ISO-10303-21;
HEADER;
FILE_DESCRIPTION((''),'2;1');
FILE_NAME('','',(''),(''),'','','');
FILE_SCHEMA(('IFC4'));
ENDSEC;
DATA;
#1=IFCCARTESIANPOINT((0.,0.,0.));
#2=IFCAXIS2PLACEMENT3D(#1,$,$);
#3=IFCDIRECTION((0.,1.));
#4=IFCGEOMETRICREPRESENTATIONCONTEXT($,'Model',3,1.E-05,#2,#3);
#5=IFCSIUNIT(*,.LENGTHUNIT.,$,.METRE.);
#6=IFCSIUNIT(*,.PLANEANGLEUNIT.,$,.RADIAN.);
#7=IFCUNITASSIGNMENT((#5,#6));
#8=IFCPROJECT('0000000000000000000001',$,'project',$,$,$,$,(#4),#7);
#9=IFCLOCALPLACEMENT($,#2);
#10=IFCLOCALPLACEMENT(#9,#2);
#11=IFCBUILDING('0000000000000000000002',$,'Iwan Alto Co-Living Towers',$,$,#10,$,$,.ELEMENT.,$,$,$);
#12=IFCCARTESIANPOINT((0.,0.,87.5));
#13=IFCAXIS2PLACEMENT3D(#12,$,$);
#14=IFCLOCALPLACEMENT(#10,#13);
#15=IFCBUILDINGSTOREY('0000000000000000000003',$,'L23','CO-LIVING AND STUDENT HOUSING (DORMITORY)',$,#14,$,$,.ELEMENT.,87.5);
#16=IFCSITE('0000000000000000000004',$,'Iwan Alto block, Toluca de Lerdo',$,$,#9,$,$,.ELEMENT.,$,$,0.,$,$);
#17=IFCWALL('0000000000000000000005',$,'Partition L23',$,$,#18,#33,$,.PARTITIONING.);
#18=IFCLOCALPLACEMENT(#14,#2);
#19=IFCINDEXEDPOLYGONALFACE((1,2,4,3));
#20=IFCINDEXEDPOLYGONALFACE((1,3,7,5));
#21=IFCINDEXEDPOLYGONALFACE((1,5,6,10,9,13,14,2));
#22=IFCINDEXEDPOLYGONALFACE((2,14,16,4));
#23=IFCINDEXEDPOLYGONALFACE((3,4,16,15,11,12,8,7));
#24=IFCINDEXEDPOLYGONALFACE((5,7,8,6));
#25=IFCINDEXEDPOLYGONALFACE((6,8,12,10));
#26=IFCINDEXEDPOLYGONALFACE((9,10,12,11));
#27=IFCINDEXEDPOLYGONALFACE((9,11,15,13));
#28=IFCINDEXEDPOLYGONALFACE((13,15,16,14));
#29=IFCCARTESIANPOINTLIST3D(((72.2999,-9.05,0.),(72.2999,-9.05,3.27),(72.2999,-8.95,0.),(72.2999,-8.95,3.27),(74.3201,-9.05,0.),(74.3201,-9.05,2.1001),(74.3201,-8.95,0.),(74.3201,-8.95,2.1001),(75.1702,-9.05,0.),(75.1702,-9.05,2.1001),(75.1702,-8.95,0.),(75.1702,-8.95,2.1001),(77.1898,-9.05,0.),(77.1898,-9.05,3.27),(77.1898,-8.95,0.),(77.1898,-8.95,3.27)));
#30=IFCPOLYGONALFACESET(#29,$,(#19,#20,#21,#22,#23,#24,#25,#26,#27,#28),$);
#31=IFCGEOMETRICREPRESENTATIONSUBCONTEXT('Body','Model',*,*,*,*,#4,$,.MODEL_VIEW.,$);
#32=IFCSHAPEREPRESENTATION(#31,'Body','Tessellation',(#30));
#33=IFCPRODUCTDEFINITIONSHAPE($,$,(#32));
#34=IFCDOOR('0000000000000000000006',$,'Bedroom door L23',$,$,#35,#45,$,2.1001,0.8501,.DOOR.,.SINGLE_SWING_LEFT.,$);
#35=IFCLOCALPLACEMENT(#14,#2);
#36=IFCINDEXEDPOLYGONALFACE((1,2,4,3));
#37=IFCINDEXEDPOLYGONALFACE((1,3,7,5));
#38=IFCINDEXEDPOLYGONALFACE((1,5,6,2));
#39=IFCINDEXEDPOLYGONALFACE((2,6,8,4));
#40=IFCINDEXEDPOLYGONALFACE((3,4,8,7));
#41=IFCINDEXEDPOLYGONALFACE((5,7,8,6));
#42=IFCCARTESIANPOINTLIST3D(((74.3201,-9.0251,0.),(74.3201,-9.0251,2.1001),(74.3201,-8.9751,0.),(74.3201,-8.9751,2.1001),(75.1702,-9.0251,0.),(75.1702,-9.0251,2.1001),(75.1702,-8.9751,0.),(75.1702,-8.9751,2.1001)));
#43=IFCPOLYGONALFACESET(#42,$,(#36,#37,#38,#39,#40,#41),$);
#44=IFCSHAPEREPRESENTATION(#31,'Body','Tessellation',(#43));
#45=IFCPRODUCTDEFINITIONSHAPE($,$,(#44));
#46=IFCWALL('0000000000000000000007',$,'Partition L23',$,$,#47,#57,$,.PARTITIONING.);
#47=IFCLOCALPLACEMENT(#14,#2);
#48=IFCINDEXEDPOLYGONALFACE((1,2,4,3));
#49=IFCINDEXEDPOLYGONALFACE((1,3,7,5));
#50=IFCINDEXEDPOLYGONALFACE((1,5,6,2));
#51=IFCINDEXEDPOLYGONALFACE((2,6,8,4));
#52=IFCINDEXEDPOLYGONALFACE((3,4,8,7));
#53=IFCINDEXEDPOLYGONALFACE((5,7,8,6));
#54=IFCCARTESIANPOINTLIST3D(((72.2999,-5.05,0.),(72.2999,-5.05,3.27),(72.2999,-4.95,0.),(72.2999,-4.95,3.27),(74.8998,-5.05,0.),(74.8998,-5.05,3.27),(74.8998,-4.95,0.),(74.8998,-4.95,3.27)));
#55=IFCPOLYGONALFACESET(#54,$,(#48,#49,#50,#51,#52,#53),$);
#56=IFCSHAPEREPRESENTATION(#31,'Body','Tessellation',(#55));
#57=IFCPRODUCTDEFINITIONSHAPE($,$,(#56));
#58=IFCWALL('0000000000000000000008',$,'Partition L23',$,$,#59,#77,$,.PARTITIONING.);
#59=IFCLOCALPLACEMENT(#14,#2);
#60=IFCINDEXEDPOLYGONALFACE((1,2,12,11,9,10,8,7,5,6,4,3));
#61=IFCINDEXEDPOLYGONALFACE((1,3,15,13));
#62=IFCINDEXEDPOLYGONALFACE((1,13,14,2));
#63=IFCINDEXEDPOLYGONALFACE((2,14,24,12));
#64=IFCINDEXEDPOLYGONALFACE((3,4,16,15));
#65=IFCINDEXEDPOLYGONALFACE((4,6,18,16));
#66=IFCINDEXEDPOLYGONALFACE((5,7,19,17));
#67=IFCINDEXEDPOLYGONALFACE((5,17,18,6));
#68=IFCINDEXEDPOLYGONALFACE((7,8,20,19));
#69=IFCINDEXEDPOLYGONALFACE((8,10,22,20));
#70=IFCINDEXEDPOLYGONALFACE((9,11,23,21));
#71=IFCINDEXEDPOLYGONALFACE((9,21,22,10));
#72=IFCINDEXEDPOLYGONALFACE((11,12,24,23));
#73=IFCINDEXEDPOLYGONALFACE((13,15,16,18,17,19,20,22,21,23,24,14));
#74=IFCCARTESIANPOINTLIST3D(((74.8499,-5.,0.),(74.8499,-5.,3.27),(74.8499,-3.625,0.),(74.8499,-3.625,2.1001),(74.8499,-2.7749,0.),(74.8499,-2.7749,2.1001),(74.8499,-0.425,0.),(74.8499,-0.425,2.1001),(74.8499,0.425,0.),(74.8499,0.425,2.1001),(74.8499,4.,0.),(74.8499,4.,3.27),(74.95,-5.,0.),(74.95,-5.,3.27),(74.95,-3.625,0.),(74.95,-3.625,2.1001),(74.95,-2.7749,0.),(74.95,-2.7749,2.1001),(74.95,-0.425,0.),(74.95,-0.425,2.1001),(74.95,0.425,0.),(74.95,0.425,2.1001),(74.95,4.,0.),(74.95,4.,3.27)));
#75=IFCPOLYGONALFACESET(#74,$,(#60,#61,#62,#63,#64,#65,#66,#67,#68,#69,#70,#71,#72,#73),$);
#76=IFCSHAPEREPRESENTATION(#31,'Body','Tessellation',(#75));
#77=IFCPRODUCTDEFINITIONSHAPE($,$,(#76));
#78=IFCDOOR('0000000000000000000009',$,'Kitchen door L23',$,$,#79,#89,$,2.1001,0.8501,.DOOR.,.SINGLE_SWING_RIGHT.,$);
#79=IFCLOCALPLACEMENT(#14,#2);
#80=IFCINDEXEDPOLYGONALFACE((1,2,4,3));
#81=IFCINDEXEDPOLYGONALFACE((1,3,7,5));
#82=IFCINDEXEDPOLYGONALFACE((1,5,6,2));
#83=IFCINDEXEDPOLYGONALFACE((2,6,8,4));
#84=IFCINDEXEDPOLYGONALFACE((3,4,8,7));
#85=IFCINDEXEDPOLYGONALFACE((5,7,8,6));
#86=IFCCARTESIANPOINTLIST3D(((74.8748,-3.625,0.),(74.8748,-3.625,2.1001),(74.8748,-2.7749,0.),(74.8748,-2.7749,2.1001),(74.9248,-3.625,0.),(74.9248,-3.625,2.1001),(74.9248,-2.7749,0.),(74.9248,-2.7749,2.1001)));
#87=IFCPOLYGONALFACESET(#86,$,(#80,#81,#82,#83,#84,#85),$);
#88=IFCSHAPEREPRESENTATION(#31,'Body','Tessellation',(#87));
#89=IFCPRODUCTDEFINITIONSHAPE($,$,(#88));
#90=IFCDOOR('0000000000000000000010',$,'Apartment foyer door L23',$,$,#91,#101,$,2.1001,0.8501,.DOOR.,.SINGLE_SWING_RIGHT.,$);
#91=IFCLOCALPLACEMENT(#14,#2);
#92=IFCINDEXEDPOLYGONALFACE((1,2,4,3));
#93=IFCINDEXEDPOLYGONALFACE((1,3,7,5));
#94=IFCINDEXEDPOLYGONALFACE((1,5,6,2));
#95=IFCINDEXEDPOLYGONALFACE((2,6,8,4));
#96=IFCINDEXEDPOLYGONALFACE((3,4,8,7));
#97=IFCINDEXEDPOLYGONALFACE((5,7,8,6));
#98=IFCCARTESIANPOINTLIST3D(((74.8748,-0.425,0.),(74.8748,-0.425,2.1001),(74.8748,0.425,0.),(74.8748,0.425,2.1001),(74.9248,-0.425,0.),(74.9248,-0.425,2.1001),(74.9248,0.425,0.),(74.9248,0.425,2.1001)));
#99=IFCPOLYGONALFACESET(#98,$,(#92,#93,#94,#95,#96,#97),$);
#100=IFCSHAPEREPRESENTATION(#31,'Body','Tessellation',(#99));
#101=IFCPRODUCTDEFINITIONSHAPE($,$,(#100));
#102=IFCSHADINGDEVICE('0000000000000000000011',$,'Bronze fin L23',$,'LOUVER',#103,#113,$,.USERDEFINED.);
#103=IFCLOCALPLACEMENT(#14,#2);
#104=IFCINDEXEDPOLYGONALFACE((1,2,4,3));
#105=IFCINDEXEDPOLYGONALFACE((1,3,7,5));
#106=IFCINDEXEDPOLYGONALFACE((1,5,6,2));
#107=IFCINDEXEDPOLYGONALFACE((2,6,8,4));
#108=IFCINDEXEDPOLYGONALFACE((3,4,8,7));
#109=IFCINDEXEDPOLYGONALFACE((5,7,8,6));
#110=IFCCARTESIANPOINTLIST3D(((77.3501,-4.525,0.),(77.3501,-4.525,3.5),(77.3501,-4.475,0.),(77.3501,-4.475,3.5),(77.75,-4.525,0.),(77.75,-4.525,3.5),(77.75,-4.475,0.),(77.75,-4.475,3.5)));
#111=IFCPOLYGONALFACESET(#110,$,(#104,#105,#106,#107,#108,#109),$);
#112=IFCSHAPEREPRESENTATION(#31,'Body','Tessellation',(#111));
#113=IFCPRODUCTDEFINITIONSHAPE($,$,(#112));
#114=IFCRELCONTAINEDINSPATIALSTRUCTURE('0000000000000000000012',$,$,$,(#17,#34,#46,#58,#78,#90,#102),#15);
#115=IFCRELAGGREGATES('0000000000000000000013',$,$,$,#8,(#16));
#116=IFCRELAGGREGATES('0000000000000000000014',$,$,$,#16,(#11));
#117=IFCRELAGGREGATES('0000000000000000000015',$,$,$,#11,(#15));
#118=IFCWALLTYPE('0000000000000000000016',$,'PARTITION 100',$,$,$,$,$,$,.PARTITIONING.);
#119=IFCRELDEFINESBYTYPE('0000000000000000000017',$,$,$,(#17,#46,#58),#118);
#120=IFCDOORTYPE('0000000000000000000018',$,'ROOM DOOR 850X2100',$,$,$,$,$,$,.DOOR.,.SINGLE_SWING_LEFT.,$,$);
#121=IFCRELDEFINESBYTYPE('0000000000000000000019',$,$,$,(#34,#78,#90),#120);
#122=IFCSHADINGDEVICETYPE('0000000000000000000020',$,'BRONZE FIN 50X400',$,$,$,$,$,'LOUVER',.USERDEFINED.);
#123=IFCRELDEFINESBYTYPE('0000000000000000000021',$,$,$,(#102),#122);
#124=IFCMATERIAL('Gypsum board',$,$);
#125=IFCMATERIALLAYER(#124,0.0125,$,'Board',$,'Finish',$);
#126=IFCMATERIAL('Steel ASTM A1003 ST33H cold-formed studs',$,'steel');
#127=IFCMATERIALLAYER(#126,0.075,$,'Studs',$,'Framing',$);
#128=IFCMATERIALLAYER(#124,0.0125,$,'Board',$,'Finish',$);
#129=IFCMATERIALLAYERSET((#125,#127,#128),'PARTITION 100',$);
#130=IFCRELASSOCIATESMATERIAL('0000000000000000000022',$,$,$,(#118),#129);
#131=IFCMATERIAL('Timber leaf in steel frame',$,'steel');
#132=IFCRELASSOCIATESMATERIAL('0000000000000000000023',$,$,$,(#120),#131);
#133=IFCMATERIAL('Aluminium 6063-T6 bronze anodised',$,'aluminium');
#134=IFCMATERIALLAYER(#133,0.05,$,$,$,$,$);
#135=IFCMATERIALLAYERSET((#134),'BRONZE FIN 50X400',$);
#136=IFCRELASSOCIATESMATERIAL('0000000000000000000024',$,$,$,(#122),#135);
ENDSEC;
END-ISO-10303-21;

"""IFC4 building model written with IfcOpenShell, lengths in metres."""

from ifc_helpers import new_model, si_unit, direction, frame, frame_2d, origin, origin_2d, place, context, subcontext, project, spatial, rectangle, extrude, material, layer, layer_set, type_object, element, fill, save


model = new_model("IFC4")

# Units and contexts
model_context = context("Model", 3, precision=1e-05, world=origin(), true_north=direction((0.0, 1.0)))
body_context = subcontext(model_context, "Body", "Model", "MODEL_VIEW")
ifc_project = project(units=[si_unit("LENGTHUNIT", "METRE"), si_unit("PLANEANGLEUNIT", "RADIAN")], contexts=[model_context])

# Site, building, storey
site_placement = place(None, origin())
site = spatial("IfcSite", under=ifc_project, at=site_placement, Name="Iwan Alto block, Toluca de Lerdo", CompositionType="ELEMENT", RefElevation=0.0)
building_placement = place(site_placement, origin())
building = spatial("IfcBuilding", under=site, at=building_placement, Name="Iwan Alto Co-Living Towers", CompositionType="ELEMENT")
storey_placement = place(building_placement, frame((0.0, 0.0, 87.5)))
storey = spatial("IfcBuildingStorey", under=building, at=storey_placement, Name="L23", Description="CO-LIVING AND STUDENT HOUSING (DORMITORY)", CompositionType="ELEMENT", Elevation=87.5)

# Wall, opening, door
ifc_material_1 = material(Name="Gypsum board")
ifc_material_2 = material(Name="Steel ASTM A1003 ST33H cold-formed studs", Category="steel")
ifc_layer_1 = layer(ifc_material_1, 0.0125, Name="Board", Category="Finish")
ifc_layer_2 = layer(ifc_material_2, 0.075, Name="Studs", Category="Framing")
ifc_layer_3 = layer(ifc_material_1, 0.0125, Name="Board", Category="Finish")
ifc_layer_set_1 = layer_set([ifc_layer_1, ifc_layer_2, ifc_layer_3], Name="PARTITION 100")
wall_type_1 = type_object("IfcWallType", Name="PARTITION 100", PredefinedType="PARTITIONING", material=ifc_layer_set_1)
wall_1_placement = place(storey_placement, frame((72.3, -9.0, 0.0), z_axis=(0.0, 0.0, 1.0), x_axis=(1.0, 0.0, 0.0)))
wall_1 = element("IfcWall", 1, at=wall_1_placement, inside=storey, type_object=wall_type_1, Name="Partition L23", PredefinedType="PARTITIONING", context=body_context, shape_type="SweptSolid", body=[
    extrude(rectangle(XDim=4.8899, YDim=0.1001, at=frame_2d((2.4448, 0.0))), origin(), (0.0, 0.0, 1.0), 3.27),
])
opening_1_placement = place(wall_1_placement, frame((2.02, 0.0, 0.0)))
opening_1 = element("IfcOpeningElement", 2, at=opening_1_placement, cuts=wall_1, PredefinedType="OPENING", context=body_context, shape_type="SweptSolid", body=[
    extrude(rectangle(XDim=0.8501, YDim=2.1001, at=frame_2d((0.425, 1.05))), frame((0.0, 0.0601, 0.0), z_axis=(0.0, -1.0, 0.0), x_axis=(1.0, 0.0, 0.0)), (0.0, 0.0, 1.0), 0.1201),
])
ifc_material_3 = material(Name="Timber leaf in steel frame", Category="steel")
door_type_1 = type_object("IfcDoorType", Name="ROOM DOOR 850X2100", OperationType="SINGLE_SWING_LEFT", PredefinedType="DOOR", material=ifc_material_3)
door_1_placement = place(opening_1_placement, origin())
door_1 = element("IfcDoor", 3, at=door_1_placement, inside=storey, type_object=door_type_1, Name="Bedroom door L23", OperationType="SINGLE_SWING_LEFT", OverallHeight=2.1001, OverallWidth=0.8501, PredefinedType="DOOR", context=body_context, shape_type="SweptSolid", body=[
    extrude(rectangle(XDim=0.8501, YDim=2.1001, at=frame_2d((0.425, 1.05))), frame((0.0, 0.0249, 0.0), z_axis=(0.0, -1.0, 0.0), x_axis=(1.0, 0.0, 0.0)), (0.0, 0.0, 1.0), 0.05),
])
fill(opening_1, door_1)

# Wall
wall_2_placement = place(storey_placement, frame((72.3, -5.0, 0.0), z_axis=(0.0, 0.0, 1.0), x_axis=(1.0, 0.0, 0.0)))
element("IfcWall", 4, at=wall_2_placement, inside=storey, type_object=wall_type_1, Name="Partition L23", PredefinedType="PARTITIONING", context=body_context, shape_type="SweptSolid", body=[
    extrude(rectangle(XDim=2.5999, YDim=0.1001, at=frame_2d((1.2998, 0.0))), origin(), (0.0, 0.0, 1.0), 3.27),
])

# Wall, openings, doors
wall_3_placement = place(storey_placement, frame((74.8999, -5.0, 0.0), z_axis=(0.0, 0.0, 1.0), x_axis=(0.0, 1.0, 0.0)))
wall_3 = element("IfcWall", 5, at=wall_3_placement, inside=storey, type_object=wall_type_1, Name="Partition L23", PredefinedType="PARTITIONING", context=body_context, shape_type="SweptSolid", body=[
    extrude(rectangle(XDim=9.0, YDim=0.1001, at=frame_2d((4.5, 0.0))), origin(), (0.0, 0.0, 1.0), 3.27),
])
opening_2_placement = place(wall_3_placement, frame((1.375, 0.0, 0.0)))
opening_2 = element("IfcOpeningElement", 6, at=opening_2_placement, cuts=wall_3, PredefinedType="OPENING", context=body_context, shape_type="SweptSolid", body=[
    extrude(rectangle(XDim=0.8501, YDim=2.1001, at=frame_2d((0.425, 1.05))), frame((0.0, 0.0601, 0.0), z_axis=(0.0, -1.0, 0.0), x_axis=(1.0, 0.0, 0.0)), (0.0, 0.0, 1.0), 0.1201),
])
opening_3_placement = place(wall_3_placement, frame((4.575, 0.0, 0.0)))
opening_3 = element("IfcOpeningElement", 7, at=opening_3_placement, cuts=wall_3, PredefinedType="OPENING", context=body_context, shape_type="SweptSolid", body=[
    extrude(rectangle(XDim=0.8501, YDim=2.1001, at=frame_2d((0.425, 1.05))), frame((0.0, 0.0601, 0.0), z_axis=(0.0, -1.0, 0.0), x_axis=(1.0, 0.0, 0.0)), (0.0, 0.0, 1.0), 0.1201),
])
door_2_placement = place(opening_2_placement, frame((0.8501, 0.0, 0.0), z_axis=(0.0, 0.0, 1.0), x_axis=(-1.0, 0.0, 0.0)))
door_2 = element("IfcDoor", 8, at=door_2_placement, inside=storey, type_object=door_type_1, Name="Kitchen door L23", OperationType="SINGLE_SWING_RIGHT", OverallHeight=2.1001, OverallWidth=0.8501, PredefinedType="DOOR", context=body_context, shape_type="SweptSolid", body=[
    extrude(rectangle(XDim=0.8501, YDim=2.1001, at=frame_2d((0.425, 1.05))), frame((0.0, 0.0249, 0.0), z_axis=(0.0, -1.0, 0.0), x_axis=(1.0, 0.0, 0.0)), (0.0, 0.0, 1.0), 0.05),
])
fill(opening_2, door_2)
door_3_placement = place(opening_3_placement, frame((0.8501, 0.0, 0.0), z_axis=(0.0, 0.0, 1.0), x_axis=(-1.0, 0.0, 0.0)))
door_3 = element("IfcDoor", 9, at=door_3_placement, inside=storey, type_object=door_type_1, Name="Apartment foyer door L23", OperationType="SINGLE_SWING_RIGHT", OverallHeight=2.1001, OverallWidth=0.8501, PredefinedType="DOOR", context=body_context, shape_type="SweptSolid", body=[
    extrude(rectangle(XDim=0.8501, YDim=2.1001, at=frame_2d((0.425, 1.05))), frame((0.0, 0.0249, 0.0), z_axis=(0.0, -1.0, 0.0), x_axis=(1.0, 0.0, 0.0)), (0.0, 0.0, 1.0), 0.05),
])
fill(opening_3, door_3)

# Shading device
ifc_material_4 = material(Name="Aluminium 6063-T6 bronze anodised", Category="aluminium")
ifc_layer_4 = layer(ifc_material_4, 0.05)
ifc_layer_set_2 = layer_set([ifc_layer_4], Name="BRONZE FIN 50X400")
shading_device_type = type_object("IfcShadingDeviceType", Name="BRONZE FIN 50X400", ElementType="LOUVER", PredefinedType="USERDEFINED", material=ifc_layer_set_2)
shading_device_placement = place(storey_placement, frame((77.55, -4.5, 0.0), z_axis=(0.0, 0.0, 1.0), x_axis=(0.0, 1.0, 0.0)))
element("IfcShadingDevice", 10, at=shading_device_placement, inside=storey, type_object=shading_device_type, Name="Bronze fin L23", ObjectType="LOUVER", PredefinedType="USERDEFINED", context=body_context, shape_type="SweptSolid", body=[
    extrude(rectangle(XDim=0.05, YDim=0.3999, at=origin_2d()), origin(), (0.0, 0.0, 1.0), 3.5),
])

save(model, "model.ifc")
